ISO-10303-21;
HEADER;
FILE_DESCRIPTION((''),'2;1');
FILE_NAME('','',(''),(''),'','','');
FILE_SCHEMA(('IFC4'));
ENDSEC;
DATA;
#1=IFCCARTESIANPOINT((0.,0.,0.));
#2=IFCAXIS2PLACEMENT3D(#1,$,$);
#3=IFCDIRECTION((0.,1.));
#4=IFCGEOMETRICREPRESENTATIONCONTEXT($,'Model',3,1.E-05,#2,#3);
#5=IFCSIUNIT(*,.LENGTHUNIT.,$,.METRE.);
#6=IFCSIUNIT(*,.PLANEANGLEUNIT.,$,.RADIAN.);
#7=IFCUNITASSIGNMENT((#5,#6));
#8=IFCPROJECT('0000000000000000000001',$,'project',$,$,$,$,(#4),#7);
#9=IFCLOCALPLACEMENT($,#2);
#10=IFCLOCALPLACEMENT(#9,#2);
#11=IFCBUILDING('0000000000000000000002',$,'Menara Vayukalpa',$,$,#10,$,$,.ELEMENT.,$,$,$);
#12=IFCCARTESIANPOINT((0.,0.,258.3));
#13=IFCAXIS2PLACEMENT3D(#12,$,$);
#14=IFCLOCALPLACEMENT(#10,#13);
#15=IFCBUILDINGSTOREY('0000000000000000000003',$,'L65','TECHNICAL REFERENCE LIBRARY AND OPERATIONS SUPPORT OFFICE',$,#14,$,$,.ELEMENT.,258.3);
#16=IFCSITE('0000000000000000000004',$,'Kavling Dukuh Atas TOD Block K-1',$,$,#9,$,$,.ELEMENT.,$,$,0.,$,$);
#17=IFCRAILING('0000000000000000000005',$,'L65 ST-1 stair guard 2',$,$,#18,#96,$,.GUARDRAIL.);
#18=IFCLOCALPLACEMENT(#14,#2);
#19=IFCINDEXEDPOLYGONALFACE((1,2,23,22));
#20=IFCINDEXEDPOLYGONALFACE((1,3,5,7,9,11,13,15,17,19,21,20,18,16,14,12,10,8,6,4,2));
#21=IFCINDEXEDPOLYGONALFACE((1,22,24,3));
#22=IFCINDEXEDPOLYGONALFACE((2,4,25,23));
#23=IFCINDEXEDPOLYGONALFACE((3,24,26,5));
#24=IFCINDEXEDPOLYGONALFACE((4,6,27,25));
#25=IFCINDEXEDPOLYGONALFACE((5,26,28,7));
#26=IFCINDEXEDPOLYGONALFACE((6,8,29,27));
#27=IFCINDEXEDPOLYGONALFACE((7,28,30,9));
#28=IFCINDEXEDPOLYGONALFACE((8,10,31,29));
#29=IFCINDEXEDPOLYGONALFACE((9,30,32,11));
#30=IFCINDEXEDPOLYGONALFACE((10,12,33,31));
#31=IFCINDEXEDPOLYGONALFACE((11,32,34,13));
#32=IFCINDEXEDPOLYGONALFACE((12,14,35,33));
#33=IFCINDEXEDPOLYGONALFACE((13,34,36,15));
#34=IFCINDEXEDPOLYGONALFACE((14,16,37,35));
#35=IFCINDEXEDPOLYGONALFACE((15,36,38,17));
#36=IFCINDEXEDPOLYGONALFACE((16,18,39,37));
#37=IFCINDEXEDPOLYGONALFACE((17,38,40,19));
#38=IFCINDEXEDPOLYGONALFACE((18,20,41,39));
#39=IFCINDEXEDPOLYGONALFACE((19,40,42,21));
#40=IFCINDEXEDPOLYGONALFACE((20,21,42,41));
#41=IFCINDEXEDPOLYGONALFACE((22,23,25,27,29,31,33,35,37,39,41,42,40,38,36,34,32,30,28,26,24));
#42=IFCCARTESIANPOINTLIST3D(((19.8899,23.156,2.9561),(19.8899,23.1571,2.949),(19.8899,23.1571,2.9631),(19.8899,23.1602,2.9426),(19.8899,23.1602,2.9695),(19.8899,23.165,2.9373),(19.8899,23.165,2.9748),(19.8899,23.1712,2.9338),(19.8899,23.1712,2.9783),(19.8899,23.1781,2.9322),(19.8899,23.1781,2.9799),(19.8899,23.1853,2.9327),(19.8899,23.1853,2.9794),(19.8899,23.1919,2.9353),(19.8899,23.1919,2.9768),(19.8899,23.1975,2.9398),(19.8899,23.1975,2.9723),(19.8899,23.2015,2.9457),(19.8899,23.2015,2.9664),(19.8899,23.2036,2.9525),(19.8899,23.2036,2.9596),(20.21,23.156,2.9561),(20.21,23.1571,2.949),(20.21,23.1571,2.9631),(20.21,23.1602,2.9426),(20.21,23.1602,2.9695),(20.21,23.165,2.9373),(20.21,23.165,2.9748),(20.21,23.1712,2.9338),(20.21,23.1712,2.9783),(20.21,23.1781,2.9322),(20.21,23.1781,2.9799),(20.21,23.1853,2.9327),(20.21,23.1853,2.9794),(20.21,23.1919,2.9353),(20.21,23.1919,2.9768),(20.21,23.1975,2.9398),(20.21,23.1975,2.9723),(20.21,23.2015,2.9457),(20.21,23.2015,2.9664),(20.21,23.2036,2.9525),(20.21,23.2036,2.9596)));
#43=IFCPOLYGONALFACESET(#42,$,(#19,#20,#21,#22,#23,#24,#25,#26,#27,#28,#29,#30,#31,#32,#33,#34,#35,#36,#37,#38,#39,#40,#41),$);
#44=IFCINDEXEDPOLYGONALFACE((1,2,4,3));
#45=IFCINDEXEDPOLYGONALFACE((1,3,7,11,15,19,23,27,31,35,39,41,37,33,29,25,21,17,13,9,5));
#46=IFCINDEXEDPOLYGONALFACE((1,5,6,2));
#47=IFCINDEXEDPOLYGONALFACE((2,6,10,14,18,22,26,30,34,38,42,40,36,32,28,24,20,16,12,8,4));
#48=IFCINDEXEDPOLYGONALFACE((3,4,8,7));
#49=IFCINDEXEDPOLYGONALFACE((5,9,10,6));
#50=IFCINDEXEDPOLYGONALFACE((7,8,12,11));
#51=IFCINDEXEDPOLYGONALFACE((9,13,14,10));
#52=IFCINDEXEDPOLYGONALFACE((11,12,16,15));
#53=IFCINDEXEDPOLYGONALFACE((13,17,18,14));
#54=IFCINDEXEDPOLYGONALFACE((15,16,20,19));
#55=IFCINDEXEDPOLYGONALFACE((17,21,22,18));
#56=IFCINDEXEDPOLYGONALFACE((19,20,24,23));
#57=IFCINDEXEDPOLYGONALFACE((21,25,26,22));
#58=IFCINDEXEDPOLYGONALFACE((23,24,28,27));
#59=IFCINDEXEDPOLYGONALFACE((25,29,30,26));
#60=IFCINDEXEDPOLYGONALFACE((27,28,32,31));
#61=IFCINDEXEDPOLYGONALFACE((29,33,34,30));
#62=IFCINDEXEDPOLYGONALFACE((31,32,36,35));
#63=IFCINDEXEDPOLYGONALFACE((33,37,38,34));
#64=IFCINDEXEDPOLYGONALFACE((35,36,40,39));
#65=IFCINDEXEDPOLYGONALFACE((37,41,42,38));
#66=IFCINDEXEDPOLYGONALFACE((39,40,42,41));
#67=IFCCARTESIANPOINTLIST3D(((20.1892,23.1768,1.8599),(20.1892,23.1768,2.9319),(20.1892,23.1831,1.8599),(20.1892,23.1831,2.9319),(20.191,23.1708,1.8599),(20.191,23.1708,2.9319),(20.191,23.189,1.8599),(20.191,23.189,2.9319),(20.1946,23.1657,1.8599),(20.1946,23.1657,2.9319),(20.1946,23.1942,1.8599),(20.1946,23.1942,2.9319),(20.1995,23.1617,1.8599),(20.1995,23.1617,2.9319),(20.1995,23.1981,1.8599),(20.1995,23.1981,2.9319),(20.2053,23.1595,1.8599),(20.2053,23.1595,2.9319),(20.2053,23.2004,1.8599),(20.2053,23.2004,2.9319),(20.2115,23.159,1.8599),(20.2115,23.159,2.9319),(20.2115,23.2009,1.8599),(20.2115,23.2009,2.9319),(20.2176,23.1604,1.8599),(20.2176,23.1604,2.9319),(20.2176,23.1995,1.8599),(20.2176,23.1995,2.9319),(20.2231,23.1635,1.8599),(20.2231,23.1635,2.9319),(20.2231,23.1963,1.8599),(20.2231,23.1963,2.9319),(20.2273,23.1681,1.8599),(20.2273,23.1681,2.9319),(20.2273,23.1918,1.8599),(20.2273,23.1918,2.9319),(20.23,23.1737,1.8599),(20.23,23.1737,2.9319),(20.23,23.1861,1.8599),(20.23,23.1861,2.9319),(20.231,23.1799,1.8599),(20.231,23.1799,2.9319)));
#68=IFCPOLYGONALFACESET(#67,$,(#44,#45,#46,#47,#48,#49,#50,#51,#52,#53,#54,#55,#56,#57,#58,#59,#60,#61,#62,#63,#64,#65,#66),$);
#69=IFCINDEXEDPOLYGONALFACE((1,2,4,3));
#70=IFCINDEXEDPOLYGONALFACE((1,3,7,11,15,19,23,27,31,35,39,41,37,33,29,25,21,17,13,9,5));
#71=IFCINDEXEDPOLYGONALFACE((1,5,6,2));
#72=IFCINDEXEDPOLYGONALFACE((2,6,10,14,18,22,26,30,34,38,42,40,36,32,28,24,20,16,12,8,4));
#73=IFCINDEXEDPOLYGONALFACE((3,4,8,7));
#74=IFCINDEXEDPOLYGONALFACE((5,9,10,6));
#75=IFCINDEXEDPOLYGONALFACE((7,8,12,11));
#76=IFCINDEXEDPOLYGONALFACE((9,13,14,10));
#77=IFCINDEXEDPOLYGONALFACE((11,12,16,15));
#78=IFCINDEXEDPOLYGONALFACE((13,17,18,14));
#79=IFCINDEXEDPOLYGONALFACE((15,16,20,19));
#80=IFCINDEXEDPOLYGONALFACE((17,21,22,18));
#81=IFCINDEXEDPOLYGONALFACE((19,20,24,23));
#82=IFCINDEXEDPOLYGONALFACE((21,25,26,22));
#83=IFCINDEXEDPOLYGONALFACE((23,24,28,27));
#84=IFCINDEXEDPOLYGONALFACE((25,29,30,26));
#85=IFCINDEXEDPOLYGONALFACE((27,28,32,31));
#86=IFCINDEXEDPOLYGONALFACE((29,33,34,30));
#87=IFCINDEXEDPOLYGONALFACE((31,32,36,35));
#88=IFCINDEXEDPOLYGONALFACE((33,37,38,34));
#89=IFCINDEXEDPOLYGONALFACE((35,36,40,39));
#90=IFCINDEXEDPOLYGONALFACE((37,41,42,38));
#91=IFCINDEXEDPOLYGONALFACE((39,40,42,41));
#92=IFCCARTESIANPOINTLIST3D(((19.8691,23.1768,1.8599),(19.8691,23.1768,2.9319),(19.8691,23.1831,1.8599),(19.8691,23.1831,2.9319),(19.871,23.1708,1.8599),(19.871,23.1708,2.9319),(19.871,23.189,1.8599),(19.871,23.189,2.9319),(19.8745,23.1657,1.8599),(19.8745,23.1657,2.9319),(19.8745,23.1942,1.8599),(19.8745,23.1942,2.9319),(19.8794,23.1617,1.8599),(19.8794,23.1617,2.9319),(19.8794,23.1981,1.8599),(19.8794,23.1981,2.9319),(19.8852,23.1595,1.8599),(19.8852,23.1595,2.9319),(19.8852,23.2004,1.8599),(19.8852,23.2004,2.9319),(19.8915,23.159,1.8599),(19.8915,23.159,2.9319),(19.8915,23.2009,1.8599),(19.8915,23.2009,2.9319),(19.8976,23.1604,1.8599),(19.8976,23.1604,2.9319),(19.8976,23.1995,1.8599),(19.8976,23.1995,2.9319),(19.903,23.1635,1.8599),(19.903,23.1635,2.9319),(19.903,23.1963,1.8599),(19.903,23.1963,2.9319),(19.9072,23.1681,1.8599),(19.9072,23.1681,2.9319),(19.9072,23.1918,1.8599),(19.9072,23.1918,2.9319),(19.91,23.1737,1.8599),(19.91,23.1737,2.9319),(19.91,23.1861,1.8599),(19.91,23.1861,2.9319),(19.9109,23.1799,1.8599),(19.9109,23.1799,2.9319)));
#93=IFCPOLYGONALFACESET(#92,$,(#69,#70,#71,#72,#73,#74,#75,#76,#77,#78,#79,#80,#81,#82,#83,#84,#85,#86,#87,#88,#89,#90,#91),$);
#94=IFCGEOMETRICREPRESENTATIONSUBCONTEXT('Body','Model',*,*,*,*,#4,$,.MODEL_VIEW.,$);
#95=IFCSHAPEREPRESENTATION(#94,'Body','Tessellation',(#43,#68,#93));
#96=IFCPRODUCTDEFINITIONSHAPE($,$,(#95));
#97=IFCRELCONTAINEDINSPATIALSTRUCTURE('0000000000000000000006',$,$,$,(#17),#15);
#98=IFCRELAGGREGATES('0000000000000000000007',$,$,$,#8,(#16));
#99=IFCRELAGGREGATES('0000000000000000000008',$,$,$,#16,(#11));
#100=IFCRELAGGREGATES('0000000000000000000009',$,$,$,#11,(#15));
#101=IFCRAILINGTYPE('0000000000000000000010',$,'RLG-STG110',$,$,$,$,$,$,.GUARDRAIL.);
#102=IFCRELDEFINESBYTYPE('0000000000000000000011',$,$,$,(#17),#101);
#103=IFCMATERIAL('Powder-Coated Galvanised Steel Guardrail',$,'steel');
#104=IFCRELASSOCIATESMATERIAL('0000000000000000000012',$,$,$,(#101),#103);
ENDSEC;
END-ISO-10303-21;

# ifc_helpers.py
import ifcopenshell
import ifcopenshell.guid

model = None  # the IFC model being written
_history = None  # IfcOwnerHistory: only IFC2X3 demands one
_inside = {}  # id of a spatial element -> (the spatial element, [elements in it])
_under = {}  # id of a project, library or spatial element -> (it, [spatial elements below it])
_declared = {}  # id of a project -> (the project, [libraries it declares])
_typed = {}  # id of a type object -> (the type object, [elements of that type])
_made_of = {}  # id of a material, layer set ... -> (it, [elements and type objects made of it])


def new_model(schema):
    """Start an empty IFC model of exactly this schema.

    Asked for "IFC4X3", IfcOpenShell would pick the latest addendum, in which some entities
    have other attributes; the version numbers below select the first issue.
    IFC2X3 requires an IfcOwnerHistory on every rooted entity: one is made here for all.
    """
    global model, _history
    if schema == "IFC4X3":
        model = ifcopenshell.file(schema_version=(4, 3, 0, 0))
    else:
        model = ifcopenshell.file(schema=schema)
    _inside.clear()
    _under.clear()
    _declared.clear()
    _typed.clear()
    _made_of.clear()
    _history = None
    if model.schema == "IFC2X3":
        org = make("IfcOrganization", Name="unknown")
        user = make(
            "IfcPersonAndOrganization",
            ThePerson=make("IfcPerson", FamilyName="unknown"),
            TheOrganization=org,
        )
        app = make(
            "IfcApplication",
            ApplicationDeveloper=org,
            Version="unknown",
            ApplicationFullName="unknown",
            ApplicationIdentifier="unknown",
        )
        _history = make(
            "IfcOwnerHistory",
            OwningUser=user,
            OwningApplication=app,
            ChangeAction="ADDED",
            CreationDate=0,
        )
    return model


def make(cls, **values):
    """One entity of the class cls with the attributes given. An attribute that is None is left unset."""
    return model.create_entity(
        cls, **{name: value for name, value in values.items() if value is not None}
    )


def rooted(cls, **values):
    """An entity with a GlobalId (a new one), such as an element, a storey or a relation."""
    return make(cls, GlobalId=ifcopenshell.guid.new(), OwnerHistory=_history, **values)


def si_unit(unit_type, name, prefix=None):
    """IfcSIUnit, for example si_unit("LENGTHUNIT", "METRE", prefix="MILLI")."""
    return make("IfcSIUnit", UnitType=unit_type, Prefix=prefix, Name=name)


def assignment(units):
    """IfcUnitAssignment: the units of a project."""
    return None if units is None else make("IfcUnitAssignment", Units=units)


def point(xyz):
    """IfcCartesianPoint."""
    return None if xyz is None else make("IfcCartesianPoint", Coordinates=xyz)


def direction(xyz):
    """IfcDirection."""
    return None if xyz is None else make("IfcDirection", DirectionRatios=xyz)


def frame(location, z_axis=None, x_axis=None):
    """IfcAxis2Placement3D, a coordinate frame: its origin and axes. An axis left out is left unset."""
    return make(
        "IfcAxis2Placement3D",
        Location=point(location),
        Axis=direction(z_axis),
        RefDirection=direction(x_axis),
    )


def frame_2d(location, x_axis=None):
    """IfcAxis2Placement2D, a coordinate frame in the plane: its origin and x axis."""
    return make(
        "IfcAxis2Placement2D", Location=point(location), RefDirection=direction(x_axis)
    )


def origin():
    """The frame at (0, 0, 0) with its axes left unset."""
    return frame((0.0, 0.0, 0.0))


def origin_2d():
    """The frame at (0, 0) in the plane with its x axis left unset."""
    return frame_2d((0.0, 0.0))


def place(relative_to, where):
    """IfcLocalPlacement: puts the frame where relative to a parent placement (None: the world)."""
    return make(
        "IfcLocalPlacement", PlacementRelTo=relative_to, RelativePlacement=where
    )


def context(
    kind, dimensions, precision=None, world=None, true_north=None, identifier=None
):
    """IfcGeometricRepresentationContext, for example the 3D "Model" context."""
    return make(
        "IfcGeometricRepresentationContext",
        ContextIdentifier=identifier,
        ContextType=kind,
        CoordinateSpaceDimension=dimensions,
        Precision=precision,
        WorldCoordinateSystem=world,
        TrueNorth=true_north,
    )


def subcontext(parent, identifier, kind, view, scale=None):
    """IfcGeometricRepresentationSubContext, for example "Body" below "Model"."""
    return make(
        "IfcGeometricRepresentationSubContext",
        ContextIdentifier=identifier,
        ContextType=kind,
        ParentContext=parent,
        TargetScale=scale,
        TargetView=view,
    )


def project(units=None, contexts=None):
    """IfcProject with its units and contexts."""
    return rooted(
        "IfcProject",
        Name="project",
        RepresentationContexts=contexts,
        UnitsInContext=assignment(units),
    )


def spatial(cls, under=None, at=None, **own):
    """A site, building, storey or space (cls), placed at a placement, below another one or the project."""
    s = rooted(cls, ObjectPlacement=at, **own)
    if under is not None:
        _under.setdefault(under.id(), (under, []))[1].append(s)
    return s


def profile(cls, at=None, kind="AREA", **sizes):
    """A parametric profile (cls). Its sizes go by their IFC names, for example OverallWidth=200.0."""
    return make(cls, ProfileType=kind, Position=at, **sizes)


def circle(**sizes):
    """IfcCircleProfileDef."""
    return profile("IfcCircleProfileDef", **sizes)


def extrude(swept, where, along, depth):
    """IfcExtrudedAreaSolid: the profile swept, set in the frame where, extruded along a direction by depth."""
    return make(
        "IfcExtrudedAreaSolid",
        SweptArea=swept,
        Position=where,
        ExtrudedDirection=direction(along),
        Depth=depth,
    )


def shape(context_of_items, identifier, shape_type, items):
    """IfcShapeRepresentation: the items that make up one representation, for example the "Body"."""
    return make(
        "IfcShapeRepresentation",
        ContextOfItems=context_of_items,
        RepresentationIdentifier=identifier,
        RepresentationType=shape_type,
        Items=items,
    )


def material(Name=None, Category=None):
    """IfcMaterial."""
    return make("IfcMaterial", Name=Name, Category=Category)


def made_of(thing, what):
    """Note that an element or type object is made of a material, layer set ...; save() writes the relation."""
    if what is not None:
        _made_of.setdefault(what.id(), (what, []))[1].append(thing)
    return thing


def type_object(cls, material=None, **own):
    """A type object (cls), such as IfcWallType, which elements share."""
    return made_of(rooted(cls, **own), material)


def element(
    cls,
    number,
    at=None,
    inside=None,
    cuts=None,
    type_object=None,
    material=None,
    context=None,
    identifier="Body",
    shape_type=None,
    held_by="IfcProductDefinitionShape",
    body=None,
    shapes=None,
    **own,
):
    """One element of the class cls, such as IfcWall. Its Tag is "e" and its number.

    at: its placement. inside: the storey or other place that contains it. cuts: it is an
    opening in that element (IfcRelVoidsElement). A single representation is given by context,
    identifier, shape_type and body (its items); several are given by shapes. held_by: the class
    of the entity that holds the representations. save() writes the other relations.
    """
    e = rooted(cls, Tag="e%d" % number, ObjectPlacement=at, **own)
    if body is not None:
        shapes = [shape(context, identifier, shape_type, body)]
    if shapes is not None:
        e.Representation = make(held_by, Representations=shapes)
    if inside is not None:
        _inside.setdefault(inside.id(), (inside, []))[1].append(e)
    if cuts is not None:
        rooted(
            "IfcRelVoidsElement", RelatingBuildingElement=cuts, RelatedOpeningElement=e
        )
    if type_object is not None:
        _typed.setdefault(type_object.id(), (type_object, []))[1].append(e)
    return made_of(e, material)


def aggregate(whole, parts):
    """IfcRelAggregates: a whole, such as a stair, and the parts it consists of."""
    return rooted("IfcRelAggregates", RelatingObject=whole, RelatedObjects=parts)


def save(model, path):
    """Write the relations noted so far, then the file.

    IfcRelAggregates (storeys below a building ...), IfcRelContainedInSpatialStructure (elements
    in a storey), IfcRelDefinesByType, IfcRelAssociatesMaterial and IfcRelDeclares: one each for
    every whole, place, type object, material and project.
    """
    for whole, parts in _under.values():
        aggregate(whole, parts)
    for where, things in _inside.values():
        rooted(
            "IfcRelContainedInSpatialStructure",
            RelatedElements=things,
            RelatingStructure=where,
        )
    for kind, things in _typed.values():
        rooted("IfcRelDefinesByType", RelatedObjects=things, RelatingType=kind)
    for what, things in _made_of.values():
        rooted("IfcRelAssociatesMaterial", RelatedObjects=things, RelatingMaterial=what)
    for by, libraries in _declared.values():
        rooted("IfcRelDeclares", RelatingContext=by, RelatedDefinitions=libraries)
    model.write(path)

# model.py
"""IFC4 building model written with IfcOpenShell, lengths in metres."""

from ifc_helpers import new_model, si_unit, direction, frame, origin, origin_2d, place, context, subcontext, project, spatial, circle, extrude, material, type_object, element, save


model = new_model("IFC4")

# Units and contexts
model_context = context("Model", 3, precision=1e-05, world=origin(), true_north=direction((0.0, 1.0)))
body_context = subcontext(model_context, "Body", "Model", "MODEL_VIEW")
ifc_project = project(units=[si_unit("LENGTHUNIT", "METRE"), si_unit("PLANEANGLEUNIT", "RADIAN")], contexts=[model_context])

# Site, building, storey
site_placement = place(None, origin())
site = spatial("IfcSite", under=ifc_project, at=site_placement, Name="Kavling Dukuh Atas TOD Block K-1", CompositionType="ELEMENT", RefElevation=0.0)
building_placement = place(site_placement, origin())
building = spatial("IfcBuilding", under=site, at=building_placement, Name="Menara Vayukalpa", CompositionType="ELEMENT")
storey_placement = place(building_placement, frame((0.0, 0.0, 258.3)))
storey = spatial("IfcBuildingStorey", under=building, at=storey_placement, Name="L65", Description="TECHNICAL REFERENCE LIBRARY AND OPERATIONS SUPPORT OFFICE", CompositionType="ELEMENT", Elevation=258.3)

# Railing
ifc_material_1 = material(Name="Powder-Coated Galvanised Steel Guardrail", Category="steel")
railing_type_1 = type_object("IfcRailingType", Name="RLG-STG110", PredefinedType="GUARDRAIL", material=ifc_material_1)
railing_1_placement = place(storey_placement, frame((20.21, 23.1799, 1.8599)))
element("IfcRailing", 1, at=railing_1_placement, inside=storey, type_object=railing_type_1, Name="L65 ST-1 stair guard 2", PredefinedType="GUARDRAIL", context=body_context, shape_type="SweptSolid", body=[
    extrude(circle(Radius=0.0239, at=origin_2d()), frame((0.0, 0.0, 1.0962), z_axis=(-1.0, 0.0, 0.0), x_axis=(0.0, -1.0, 0.0)), (0.0, 0.0, 1.0), 0.3201),
    extrude(circle(Radius=0.021, at=origin_2d()), origin(), (0.0, 0.0, 1.0), 1.072),
    extrude(circle(Radius=0.021, at=origin_2d()), frame((-0.3201, 0.0, 0.0)), (0.0, 0.0, 1.0), 1.072),
])

save(model, "model.ifc")
